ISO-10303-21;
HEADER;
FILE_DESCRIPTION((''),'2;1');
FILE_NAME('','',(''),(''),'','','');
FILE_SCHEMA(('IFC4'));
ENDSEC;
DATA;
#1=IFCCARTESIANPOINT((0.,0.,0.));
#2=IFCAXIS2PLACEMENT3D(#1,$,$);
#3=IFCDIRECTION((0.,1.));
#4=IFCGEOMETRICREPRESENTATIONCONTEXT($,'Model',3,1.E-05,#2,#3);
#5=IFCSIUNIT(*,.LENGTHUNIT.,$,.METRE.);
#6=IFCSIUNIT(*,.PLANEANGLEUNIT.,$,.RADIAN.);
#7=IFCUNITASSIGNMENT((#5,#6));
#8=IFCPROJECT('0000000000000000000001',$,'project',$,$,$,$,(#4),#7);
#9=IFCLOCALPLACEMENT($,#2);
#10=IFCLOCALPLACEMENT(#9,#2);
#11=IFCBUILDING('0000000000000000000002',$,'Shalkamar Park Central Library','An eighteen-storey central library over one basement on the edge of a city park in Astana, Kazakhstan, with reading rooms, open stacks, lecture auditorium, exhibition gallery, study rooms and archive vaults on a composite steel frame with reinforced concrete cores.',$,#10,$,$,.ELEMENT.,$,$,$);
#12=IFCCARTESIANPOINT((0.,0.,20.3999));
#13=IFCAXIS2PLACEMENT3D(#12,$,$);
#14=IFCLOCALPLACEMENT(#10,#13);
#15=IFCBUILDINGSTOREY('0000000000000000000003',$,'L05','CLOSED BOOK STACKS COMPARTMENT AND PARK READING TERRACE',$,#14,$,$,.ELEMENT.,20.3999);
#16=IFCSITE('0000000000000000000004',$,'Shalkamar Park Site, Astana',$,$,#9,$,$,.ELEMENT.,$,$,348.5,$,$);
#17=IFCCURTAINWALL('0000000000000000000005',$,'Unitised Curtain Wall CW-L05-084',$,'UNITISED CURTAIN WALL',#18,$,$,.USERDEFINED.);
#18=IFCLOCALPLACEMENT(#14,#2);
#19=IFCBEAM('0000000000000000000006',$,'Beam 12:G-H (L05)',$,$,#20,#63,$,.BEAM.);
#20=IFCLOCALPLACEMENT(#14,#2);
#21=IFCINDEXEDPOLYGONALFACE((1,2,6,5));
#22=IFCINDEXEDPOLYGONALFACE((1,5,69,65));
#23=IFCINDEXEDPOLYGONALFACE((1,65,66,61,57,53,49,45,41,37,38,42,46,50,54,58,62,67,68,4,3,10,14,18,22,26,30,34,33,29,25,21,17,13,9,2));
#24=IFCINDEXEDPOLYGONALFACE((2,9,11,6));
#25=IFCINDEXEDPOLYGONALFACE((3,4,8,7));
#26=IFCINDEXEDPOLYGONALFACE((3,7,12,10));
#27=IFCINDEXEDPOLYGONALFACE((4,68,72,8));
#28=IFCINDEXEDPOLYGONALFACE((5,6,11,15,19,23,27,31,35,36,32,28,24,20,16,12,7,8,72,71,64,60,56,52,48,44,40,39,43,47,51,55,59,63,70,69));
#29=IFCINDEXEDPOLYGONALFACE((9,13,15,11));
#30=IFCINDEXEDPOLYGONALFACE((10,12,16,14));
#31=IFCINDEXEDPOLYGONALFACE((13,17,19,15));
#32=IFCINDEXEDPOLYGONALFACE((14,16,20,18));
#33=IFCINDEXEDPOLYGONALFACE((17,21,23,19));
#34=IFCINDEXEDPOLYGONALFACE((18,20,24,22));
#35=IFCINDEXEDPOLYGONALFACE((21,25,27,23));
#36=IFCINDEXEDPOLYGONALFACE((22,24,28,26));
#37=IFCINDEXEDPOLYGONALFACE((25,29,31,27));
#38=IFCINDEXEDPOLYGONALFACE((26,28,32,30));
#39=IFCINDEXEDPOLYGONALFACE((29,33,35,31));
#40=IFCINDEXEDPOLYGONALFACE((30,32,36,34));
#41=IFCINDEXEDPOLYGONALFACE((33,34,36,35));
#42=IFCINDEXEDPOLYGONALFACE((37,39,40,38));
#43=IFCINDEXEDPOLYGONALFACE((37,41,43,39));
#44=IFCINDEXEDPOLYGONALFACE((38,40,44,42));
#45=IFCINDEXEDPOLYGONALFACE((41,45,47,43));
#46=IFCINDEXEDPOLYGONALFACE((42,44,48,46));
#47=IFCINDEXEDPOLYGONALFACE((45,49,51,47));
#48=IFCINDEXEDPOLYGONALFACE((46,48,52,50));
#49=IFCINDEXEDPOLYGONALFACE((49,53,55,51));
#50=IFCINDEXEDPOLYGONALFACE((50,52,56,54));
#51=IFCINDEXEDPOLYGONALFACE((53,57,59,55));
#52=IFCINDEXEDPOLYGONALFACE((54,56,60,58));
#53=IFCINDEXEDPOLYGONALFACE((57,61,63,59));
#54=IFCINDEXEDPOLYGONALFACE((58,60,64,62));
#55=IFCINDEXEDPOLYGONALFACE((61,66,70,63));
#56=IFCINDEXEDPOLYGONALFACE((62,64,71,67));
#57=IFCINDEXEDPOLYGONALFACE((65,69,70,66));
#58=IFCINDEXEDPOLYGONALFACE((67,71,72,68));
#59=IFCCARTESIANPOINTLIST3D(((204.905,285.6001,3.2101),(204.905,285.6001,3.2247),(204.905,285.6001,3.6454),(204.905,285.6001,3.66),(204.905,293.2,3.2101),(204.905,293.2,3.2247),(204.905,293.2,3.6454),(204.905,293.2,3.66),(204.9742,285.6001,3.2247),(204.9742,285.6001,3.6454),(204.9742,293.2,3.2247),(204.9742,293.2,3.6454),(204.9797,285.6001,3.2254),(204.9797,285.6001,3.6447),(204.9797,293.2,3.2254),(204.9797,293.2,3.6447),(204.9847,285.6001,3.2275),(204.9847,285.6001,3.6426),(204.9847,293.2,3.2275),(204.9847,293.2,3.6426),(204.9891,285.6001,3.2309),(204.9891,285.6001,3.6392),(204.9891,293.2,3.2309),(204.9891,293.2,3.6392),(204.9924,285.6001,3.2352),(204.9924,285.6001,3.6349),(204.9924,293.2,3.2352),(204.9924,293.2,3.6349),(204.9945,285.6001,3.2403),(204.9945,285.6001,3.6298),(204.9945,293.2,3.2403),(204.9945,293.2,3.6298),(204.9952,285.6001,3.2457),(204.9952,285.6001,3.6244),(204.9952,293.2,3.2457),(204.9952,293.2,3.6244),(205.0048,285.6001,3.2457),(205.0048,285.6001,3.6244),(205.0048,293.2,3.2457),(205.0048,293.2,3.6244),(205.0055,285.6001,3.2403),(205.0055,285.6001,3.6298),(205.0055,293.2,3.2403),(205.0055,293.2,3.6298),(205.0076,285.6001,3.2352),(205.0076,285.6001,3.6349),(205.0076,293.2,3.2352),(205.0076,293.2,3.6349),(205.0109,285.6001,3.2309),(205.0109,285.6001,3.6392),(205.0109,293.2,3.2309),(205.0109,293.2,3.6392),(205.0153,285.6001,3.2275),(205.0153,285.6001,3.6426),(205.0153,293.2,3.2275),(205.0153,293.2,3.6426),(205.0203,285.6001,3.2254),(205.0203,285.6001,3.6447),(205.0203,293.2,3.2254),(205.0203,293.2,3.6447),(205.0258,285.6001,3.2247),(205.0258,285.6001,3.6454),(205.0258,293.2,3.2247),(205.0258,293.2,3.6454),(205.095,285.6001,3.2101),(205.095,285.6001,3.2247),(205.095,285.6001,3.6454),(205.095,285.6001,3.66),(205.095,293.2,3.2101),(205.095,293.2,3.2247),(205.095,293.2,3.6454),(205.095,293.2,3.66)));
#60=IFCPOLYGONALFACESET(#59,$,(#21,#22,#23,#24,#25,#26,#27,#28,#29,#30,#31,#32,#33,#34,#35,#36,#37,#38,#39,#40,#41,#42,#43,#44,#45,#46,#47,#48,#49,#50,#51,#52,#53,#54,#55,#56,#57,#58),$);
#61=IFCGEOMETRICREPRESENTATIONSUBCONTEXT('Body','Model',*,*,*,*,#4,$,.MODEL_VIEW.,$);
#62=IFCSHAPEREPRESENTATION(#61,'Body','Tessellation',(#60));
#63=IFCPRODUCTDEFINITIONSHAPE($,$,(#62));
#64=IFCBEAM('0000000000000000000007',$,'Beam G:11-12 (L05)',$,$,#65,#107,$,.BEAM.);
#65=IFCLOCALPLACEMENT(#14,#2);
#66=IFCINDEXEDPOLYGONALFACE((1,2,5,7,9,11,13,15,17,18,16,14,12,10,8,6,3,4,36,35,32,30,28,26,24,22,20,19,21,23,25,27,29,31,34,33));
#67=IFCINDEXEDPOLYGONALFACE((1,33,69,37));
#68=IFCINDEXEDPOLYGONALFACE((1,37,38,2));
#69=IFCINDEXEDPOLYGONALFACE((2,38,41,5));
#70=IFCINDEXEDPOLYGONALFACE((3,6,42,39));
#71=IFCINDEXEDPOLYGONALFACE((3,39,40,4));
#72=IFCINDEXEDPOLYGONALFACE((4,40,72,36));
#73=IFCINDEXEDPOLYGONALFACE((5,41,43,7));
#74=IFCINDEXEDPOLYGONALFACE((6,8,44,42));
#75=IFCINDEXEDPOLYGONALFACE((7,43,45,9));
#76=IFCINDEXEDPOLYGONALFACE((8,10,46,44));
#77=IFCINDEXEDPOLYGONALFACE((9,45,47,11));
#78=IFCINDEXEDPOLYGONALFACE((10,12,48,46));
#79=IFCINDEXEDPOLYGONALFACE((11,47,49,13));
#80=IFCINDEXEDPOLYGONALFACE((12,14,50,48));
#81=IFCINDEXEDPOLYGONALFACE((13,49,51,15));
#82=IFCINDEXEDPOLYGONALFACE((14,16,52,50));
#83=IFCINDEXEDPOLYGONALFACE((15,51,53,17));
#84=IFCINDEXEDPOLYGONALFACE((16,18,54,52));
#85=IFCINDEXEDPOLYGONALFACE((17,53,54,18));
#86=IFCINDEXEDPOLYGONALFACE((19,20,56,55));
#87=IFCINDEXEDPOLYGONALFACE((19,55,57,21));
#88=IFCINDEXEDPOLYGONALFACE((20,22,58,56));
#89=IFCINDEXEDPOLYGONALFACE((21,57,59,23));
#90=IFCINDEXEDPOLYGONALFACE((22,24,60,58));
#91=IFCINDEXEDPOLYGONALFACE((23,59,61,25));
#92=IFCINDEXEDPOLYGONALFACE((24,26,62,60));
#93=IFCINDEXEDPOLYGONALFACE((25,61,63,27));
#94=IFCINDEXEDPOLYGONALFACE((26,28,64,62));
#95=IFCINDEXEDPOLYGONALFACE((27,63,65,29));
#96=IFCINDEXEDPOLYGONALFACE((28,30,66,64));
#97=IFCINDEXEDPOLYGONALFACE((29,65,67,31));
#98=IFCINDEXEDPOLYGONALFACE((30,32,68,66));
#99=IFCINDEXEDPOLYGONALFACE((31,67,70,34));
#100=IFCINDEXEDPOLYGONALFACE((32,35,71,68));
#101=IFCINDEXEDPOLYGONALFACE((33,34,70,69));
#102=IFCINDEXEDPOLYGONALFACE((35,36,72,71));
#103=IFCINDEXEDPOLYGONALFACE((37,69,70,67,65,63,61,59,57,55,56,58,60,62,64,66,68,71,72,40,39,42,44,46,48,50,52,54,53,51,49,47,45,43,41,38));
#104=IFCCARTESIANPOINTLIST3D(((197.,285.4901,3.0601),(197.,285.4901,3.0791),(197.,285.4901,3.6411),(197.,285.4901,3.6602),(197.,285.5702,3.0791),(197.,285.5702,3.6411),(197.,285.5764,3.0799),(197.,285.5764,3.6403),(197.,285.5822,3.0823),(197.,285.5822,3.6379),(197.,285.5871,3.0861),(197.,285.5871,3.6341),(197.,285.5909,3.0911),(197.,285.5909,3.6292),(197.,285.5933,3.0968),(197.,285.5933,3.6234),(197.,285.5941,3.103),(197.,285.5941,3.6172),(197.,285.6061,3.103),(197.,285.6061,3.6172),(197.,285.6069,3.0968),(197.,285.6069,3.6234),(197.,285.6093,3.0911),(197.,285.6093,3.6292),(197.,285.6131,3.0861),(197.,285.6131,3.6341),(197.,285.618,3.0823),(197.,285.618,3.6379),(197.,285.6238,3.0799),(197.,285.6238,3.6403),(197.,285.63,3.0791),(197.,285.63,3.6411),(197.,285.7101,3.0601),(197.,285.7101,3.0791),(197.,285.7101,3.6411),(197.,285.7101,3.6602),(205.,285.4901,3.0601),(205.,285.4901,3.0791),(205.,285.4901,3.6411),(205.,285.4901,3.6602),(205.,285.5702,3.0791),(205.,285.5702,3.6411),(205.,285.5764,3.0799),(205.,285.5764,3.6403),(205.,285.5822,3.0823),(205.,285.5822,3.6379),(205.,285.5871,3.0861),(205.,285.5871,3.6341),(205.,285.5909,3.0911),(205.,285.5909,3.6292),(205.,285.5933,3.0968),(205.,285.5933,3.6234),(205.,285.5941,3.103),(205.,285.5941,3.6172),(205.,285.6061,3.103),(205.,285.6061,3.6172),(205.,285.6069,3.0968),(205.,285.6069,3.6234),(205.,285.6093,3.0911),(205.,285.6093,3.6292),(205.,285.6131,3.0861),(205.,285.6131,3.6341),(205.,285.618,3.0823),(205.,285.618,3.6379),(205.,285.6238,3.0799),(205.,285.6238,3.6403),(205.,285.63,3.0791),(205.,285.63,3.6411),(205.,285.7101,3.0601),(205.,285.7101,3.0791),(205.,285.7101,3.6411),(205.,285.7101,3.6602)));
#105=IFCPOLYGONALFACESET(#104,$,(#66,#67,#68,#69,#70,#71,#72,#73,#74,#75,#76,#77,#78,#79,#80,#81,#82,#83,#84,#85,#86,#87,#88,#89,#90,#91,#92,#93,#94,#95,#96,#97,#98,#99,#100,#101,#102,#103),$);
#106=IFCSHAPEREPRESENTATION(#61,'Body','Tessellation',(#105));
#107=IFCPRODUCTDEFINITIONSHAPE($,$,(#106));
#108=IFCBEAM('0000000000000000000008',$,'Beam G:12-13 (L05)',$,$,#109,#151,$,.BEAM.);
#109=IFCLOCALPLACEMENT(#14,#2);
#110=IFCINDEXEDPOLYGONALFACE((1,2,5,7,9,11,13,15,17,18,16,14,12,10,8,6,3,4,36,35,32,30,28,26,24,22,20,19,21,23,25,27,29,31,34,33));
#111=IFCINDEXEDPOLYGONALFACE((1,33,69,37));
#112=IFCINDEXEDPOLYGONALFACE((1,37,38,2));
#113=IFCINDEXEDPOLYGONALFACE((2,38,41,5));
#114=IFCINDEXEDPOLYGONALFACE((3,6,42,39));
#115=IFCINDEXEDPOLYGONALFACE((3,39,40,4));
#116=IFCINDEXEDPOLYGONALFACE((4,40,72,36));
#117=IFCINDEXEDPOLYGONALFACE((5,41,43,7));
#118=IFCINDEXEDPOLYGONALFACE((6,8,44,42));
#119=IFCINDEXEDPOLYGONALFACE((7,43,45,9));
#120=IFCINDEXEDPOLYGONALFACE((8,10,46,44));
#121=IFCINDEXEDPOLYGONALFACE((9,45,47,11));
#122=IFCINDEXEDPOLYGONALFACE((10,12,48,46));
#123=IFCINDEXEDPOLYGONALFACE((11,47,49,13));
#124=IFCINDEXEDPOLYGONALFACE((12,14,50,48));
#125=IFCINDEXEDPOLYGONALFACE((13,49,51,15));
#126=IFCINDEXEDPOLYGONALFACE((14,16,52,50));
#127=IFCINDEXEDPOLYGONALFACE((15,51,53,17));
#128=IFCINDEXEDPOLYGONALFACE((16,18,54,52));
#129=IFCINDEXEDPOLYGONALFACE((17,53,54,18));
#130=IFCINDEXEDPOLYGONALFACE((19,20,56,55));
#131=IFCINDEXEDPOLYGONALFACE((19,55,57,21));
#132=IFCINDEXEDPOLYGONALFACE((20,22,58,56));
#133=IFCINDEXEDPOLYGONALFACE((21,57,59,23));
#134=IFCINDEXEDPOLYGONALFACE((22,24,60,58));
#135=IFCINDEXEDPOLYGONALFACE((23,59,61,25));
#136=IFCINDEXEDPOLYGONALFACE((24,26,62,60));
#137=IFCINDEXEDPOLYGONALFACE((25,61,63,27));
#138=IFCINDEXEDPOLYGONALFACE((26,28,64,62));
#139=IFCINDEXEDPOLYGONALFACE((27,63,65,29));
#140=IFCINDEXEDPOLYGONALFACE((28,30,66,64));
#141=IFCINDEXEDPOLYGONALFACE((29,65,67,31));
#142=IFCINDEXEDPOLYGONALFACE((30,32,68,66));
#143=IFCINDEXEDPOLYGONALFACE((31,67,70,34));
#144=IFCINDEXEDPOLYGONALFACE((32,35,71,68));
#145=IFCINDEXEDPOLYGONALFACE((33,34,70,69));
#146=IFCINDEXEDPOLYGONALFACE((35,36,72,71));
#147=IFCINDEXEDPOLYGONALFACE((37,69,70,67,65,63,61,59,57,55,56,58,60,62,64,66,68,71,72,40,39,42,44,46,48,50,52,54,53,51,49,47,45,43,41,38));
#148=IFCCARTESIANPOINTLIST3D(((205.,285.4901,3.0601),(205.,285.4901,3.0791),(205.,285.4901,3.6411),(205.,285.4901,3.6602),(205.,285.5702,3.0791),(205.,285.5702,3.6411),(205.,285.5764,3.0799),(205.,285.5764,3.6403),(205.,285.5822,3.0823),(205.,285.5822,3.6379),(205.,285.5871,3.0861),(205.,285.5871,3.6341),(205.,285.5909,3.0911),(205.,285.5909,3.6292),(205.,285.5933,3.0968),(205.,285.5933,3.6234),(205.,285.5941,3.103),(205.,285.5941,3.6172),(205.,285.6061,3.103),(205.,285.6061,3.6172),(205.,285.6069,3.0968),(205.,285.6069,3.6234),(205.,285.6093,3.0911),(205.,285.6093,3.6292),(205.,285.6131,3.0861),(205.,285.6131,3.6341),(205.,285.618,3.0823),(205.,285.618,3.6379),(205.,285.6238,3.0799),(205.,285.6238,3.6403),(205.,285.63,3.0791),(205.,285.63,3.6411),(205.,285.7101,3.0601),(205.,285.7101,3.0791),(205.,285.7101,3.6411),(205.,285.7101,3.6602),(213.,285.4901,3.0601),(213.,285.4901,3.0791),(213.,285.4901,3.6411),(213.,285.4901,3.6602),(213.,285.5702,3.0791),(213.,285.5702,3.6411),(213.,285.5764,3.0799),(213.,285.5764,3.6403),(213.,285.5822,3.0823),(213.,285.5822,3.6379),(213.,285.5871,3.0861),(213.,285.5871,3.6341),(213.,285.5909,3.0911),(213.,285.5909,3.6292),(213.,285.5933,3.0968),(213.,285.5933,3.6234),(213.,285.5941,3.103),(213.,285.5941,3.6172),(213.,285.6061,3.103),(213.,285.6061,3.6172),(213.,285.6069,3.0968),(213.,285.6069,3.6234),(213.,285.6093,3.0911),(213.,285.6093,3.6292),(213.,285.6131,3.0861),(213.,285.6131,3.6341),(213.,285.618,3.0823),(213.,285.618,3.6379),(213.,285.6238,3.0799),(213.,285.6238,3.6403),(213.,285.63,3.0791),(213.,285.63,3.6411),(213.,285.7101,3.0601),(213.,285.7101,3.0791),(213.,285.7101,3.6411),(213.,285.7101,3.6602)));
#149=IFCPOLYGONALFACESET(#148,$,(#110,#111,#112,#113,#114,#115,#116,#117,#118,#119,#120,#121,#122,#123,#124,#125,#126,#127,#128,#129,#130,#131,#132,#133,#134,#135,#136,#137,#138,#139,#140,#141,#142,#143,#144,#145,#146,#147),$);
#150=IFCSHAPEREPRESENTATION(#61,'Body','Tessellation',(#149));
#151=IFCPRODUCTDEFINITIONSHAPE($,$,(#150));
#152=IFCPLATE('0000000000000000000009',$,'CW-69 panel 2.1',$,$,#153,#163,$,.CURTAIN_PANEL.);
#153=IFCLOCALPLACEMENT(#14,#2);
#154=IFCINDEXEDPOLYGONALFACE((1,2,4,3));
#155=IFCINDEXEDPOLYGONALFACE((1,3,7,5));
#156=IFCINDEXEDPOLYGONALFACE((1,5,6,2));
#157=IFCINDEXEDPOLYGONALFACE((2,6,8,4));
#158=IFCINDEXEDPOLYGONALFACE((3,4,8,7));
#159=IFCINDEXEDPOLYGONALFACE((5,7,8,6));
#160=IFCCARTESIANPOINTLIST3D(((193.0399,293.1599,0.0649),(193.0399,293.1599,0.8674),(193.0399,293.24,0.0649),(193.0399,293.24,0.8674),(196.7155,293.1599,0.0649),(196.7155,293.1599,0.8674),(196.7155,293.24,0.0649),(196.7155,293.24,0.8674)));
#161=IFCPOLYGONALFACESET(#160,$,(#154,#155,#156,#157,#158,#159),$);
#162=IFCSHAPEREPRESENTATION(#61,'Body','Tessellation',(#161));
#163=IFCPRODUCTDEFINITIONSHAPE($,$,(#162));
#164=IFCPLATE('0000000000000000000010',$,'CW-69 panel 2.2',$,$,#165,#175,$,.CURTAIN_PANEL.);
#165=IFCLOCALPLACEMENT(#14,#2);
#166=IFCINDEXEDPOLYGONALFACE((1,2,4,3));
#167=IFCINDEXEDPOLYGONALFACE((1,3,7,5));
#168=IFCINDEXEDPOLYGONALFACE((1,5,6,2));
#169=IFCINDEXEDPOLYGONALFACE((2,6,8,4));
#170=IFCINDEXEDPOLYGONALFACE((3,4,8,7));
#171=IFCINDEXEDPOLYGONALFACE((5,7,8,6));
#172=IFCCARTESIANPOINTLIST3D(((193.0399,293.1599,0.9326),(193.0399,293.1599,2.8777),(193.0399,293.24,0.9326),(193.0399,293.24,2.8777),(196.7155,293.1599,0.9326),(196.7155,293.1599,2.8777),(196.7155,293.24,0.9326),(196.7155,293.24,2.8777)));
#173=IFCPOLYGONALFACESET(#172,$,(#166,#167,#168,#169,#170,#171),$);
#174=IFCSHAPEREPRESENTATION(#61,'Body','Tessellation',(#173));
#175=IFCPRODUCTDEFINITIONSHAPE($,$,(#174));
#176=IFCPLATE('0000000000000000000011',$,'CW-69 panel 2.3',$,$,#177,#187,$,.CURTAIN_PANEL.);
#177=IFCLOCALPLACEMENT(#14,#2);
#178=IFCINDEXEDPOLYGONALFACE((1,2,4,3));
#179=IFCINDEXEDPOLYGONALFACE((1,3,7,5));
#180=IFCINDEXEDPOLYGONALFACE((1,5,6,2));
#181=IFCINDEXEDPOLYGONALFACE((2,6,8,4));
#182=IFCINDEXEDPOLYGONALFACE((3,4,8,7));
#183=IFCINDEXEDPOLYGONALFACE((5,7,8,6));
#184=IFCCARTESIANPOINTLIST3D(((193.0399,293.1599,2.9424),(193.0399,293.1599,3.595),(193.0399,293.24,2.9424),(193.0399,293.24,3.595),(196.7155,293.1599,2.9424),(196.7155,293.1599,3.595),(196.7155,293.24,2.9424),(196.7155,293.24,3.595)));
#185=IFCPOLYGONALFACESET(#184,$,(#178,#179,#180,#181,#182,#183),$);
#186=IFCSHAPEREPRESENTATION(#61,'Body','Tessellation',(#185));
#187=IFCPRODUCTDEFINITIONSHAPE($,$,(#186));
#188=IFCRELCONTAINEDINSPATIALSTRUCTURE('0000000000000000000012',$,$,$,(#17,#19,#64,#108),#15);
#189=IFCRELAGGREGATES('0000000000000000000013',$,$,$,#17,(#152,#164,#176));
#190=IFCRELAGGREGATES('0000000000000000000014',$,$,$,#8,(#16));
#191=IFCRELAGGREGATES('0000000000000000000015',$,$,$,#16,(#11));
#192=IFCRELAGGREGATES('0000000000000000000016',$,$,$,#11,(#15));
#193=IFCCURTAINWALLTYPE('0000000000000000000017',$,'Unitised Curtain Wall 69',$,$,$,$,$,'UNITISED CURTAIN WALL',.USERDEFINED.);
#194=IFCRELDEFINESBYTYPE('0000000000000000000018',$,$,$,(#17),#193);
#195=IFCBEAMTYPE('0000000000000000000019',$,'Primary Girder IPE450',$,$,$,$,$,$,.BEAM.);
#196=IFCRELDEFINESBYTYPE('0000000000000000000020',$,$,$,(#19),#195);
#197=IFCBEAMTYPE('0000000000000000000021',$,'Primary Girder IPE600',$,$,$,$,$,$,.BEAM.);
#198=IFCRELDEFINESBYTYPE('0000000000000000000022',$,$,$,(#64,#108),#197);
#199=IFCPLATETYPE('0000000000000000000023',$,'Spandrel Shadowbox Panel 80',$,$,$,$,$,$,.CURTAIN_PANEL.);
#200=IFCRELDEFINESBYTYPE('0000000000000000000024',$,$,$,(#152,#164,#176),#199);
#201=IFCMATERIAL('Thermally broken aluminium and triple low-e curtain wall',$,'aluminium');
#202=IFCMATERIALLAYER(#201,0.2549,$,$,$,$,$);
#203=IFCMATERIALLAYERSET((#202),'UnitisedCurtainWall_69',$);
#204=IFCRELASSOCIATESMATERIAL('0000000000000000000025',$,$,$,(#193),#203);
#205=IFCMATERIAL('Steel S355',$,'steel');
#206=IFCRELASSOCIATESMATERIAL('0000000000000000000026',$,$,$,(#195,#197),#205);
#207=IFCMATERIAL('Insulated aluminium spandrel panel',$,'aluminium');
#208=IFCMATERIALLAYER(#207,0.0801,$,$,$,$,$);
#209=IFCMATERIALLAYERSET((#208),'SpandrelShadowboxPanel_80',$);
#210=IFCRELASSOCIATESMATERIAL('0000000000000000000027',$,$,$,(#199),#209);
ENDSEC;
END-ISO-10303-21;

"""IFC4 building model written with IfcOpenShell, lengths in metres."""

from ifc_helpers import new_model, si_unit, direction, frame, origin, origin_2d, place, context, subcontext, project, spatial, rectangle, i_section, extrude, material, layer, layer_set, material_profile, profile_set, type_object, element, aggregate, save


model = new_model("IFC4")

# Units and contexts
model_context = context("Model", 3, precision=1e-05, world=origin(), true_north=direction((0.0, 1.0)))
body_context = subcontext(model_context, "Body", "Model", "MODEL_VIEW")
ifc_project = project(units=[si_unit("LENGTHUNIT", "METRE"), si_unit("PLANEANGLEUNIT", "RADIAN")], contexts=[model_context])

# Site, building, storey
site_placement = place(None, origin())
site = spatial("IfcSite", under=ifc_project, at=site_placement, Name="Shalkamar Park Site, Astana", CompositionType="ELEMENT", RefElevation=348.5)
building_placement = place(site_placement, origin())
building = spatial("IfcBuilding", under=site, at=building_placement, Name="Shalkamar Park Central Library", Description="An eighteen-storey central library over one basement on the edge of a city park in Astana, Kazakhstan, with reading rooms, open stacks, lecture auditorium, exhibition gallery, study rooms and archive vaults on a composite steel frame with reinforced concrete cores.", CompositionType="ELEMENT")
storey_placement = place(building_placement, frame((0.0, 0.0, 20.3999)))
storey = spatial("IfcBuildingStorey", under=building, at=storey_placement, Name="L05", Description="CLOSED BOOK STACKS COMPARTMENT AND PARK READING TERRACE", CompositionType="ELEMENT", Elevation=20.3999)

# Shared definitions
ifc_material_1 = material(Name="Steel S355", Category="steel")

# Curtain wall
ifc_material_2 = material(Name="Thermally broken aluminium and triple low-e curtain wall", Category="aluminium")
ifc_layer_1 = layer(ifc_material_2, 0.2549)
ifc_layer_set_1 = layer_set([ifc_layer_1], Name="UnitisedCurtainWall_69")
curtain_wall_type = type_object("IfcCurtainWallType", Name="Unitised Curtain Wall 69", ElementType="UNITISED CURTAIN WALL", PredefinedType="USERDEFINED", material=ifc_layer_set_1)
curtain_wall_placement = place(storey_placement, origin())
curtain_wall = element("IfcCurtainWall", 1, at=curtain_wall_placement, inside=storey, type_object=curtain_wall_type, Name="Unitised Curtain Wall CW-L05-084", ObjectType="UNITISED CURTAIN WALL", PredefinedType="USERDEFINED")

# Beams
ifc_material_profile_1 = material_profile(ifc_material_1, i_section(OverallWidth=0.1899, OverallDepth=0.45, WebThickness=0.0095, FlangeThickness=0.0146, FilletRadius=0.021, at=origin_2d()), Name="IPE 450")
ifc_profile_set_1 = profile_set([ifc_material_profile_1], Name="Steel S355")
beam_type_1 = type_object("IfcBeamType", Name="Primary Girder IPE450", PredefinedType="BEAM", material=ifc_profile_set_1)
for number, where, z_axis, x_axis, name in (
    (2, (205.0, 285.6001, 3.4351), (0.0, 1.0, 0.0), (-1.0, 0.0, 0.0), "Beam 12:G-H (L05)"),
):
    element("IfcBeam", number, at=place(storey_placement, frame(where, z_axis=z_axis, x_axis=x_axis)), inside=storey, type_object=beam_type_1, Name=name, PredefinedType="BEAM", context=body_context, shape_type="SweptSolid", body=[
        extrude(i_section(OverallWidth=0.1899, OverallDepth=0.45, WebThickness=0.0095, FlangeThickness=0.0146, FilletRadius=0.021, at=origin_2d()), origin(), (0.0, 0.0, 1.0), 7.5999),
    ])
ifc_material_profile_2 = material_profile(ifc_material_1, i_section(OverallWidth=0.22, OverallDepth=0.6001, WebThickness=0.012, FlangeThickness=0.019, FilletRadius=0.0239, at=origin_2d()), Name="IPE 600")
ifc_profile_set_2 = profile_set([ifc_material_profile_2], Name="Steel S355")
beam_type_2 = type_object("IfcBeamType", Name="Primary Girder IPE600", PredefinedType="BEAM", material=ifc_profile_set_2)
for number, where, z_axis, x_axis, name in (
    (3, (197.0, 285.6001, 3.3601), (1.0, 0.0, 0.0), (0.0, 1.0, 0.0), "Beam G:11-12 (L05)"),
    (4, (205.0, 285.6001, 3.3601), (1.0, 0.0, 0.0), (0.0, 1.0, 0.0), "Beam G:12-13 (L05)"),
):
    element("IfcBeam", number, at=place(storey_placement, frame(where, z_axis=z_axis, x_axis=x_axis)), inside=storey, type_object=beam_type_2, Name=name, PredefinedType="BEAM", context=body_context, shape_type="SweptSolid", body=[
        extrude(i_section(OverallWidth=0.22, OverallDepth=0.6001, WebThickness=0.012, FlangeThickness=0.019, FilletRadius=0.0239, at=origin_2d()), origin(), (0.0, 0.0, 1.0), 8.0),
    ])

# Plates
ifc_material_3 = material(Name="Insulated aluminium spandrel panel", Category="aluminium")
ifc_layer_2 = layer(ifc_material_3, 0.0801)
ifc_layer_set_2 = layer_set([ifc_layer_2], Name="SpandrelShadowboxPanel_80")
plate_type = type_object("IfcPlateType", Name="Spandrel Shadowbox Panel 80", PredefinedType="CURTAIN_PANEL", material=ifc_layer_set_2)
plate_1_placement = place(storey_placement, frame((194.8777, 293.2, 0.0649), z_axis=(0.0, 0.0, 1.0), x_axis=(1.0, 0.0, 0.0)))
plate_1 = element("IfcPlate", 5, at=plate_1_placement, type_object=plate_type, Name="CW-69 panel 2.1", PredefinedType="CURTAIN_PANEL", context=body_context, shape_type="SweptSolid", body=[
    extrude(rectangle(XDim=3.6755, YDim=0.0801, at=origin_2d()), origin(), (0.0, 0.0, 1.0), 0.8025),
])
plate_2_placement = place(storey_placement, frame((194.8777, 293.2, 0.9326), z_axis=(0.0, 0.0, 1.0), x_axis=(1.0, 0.0, 0.0)))
plate_2 = element("IfcPlate", 6, at=plate_2_placement, type_object=plate_type, Name="CW-69 panel 2.2", PredefinedType="CURTAIN_PANEL", context=body_context, shape_type="SweptSolid", body=[
    extrude(rectangle(XDim=3.6755, YDim=0.0801, at=origin_2d()), origin(), (0.0, 0.0, 1.0), 1.9451),
])
plate_3_placement = place(storey_placement, frame((194.8777, 293.2, 2.9424), z_axis=(0.0, 0.0, 1.0), x_axis=(1.0, 0.0, 0.0)))
plate_3 = element("IfcPlate", 7, at=plate_3_placement, type_object=plate_type, Name="CW-69 panel 2.3", PredefinedType="CURTAIN_PANEL", context=body_context, shape_type="SweptSolid", body=[
    extrude(rectangle(XDim=3.6755, YDim=0.0801, at=origin_2d()), origin(), (0.0, 0.0, 1.0), 0.6526),
])
aggregate(curtain_wall, [plate_1, plate_2, plate_3])

save(model, "model.ifc")
